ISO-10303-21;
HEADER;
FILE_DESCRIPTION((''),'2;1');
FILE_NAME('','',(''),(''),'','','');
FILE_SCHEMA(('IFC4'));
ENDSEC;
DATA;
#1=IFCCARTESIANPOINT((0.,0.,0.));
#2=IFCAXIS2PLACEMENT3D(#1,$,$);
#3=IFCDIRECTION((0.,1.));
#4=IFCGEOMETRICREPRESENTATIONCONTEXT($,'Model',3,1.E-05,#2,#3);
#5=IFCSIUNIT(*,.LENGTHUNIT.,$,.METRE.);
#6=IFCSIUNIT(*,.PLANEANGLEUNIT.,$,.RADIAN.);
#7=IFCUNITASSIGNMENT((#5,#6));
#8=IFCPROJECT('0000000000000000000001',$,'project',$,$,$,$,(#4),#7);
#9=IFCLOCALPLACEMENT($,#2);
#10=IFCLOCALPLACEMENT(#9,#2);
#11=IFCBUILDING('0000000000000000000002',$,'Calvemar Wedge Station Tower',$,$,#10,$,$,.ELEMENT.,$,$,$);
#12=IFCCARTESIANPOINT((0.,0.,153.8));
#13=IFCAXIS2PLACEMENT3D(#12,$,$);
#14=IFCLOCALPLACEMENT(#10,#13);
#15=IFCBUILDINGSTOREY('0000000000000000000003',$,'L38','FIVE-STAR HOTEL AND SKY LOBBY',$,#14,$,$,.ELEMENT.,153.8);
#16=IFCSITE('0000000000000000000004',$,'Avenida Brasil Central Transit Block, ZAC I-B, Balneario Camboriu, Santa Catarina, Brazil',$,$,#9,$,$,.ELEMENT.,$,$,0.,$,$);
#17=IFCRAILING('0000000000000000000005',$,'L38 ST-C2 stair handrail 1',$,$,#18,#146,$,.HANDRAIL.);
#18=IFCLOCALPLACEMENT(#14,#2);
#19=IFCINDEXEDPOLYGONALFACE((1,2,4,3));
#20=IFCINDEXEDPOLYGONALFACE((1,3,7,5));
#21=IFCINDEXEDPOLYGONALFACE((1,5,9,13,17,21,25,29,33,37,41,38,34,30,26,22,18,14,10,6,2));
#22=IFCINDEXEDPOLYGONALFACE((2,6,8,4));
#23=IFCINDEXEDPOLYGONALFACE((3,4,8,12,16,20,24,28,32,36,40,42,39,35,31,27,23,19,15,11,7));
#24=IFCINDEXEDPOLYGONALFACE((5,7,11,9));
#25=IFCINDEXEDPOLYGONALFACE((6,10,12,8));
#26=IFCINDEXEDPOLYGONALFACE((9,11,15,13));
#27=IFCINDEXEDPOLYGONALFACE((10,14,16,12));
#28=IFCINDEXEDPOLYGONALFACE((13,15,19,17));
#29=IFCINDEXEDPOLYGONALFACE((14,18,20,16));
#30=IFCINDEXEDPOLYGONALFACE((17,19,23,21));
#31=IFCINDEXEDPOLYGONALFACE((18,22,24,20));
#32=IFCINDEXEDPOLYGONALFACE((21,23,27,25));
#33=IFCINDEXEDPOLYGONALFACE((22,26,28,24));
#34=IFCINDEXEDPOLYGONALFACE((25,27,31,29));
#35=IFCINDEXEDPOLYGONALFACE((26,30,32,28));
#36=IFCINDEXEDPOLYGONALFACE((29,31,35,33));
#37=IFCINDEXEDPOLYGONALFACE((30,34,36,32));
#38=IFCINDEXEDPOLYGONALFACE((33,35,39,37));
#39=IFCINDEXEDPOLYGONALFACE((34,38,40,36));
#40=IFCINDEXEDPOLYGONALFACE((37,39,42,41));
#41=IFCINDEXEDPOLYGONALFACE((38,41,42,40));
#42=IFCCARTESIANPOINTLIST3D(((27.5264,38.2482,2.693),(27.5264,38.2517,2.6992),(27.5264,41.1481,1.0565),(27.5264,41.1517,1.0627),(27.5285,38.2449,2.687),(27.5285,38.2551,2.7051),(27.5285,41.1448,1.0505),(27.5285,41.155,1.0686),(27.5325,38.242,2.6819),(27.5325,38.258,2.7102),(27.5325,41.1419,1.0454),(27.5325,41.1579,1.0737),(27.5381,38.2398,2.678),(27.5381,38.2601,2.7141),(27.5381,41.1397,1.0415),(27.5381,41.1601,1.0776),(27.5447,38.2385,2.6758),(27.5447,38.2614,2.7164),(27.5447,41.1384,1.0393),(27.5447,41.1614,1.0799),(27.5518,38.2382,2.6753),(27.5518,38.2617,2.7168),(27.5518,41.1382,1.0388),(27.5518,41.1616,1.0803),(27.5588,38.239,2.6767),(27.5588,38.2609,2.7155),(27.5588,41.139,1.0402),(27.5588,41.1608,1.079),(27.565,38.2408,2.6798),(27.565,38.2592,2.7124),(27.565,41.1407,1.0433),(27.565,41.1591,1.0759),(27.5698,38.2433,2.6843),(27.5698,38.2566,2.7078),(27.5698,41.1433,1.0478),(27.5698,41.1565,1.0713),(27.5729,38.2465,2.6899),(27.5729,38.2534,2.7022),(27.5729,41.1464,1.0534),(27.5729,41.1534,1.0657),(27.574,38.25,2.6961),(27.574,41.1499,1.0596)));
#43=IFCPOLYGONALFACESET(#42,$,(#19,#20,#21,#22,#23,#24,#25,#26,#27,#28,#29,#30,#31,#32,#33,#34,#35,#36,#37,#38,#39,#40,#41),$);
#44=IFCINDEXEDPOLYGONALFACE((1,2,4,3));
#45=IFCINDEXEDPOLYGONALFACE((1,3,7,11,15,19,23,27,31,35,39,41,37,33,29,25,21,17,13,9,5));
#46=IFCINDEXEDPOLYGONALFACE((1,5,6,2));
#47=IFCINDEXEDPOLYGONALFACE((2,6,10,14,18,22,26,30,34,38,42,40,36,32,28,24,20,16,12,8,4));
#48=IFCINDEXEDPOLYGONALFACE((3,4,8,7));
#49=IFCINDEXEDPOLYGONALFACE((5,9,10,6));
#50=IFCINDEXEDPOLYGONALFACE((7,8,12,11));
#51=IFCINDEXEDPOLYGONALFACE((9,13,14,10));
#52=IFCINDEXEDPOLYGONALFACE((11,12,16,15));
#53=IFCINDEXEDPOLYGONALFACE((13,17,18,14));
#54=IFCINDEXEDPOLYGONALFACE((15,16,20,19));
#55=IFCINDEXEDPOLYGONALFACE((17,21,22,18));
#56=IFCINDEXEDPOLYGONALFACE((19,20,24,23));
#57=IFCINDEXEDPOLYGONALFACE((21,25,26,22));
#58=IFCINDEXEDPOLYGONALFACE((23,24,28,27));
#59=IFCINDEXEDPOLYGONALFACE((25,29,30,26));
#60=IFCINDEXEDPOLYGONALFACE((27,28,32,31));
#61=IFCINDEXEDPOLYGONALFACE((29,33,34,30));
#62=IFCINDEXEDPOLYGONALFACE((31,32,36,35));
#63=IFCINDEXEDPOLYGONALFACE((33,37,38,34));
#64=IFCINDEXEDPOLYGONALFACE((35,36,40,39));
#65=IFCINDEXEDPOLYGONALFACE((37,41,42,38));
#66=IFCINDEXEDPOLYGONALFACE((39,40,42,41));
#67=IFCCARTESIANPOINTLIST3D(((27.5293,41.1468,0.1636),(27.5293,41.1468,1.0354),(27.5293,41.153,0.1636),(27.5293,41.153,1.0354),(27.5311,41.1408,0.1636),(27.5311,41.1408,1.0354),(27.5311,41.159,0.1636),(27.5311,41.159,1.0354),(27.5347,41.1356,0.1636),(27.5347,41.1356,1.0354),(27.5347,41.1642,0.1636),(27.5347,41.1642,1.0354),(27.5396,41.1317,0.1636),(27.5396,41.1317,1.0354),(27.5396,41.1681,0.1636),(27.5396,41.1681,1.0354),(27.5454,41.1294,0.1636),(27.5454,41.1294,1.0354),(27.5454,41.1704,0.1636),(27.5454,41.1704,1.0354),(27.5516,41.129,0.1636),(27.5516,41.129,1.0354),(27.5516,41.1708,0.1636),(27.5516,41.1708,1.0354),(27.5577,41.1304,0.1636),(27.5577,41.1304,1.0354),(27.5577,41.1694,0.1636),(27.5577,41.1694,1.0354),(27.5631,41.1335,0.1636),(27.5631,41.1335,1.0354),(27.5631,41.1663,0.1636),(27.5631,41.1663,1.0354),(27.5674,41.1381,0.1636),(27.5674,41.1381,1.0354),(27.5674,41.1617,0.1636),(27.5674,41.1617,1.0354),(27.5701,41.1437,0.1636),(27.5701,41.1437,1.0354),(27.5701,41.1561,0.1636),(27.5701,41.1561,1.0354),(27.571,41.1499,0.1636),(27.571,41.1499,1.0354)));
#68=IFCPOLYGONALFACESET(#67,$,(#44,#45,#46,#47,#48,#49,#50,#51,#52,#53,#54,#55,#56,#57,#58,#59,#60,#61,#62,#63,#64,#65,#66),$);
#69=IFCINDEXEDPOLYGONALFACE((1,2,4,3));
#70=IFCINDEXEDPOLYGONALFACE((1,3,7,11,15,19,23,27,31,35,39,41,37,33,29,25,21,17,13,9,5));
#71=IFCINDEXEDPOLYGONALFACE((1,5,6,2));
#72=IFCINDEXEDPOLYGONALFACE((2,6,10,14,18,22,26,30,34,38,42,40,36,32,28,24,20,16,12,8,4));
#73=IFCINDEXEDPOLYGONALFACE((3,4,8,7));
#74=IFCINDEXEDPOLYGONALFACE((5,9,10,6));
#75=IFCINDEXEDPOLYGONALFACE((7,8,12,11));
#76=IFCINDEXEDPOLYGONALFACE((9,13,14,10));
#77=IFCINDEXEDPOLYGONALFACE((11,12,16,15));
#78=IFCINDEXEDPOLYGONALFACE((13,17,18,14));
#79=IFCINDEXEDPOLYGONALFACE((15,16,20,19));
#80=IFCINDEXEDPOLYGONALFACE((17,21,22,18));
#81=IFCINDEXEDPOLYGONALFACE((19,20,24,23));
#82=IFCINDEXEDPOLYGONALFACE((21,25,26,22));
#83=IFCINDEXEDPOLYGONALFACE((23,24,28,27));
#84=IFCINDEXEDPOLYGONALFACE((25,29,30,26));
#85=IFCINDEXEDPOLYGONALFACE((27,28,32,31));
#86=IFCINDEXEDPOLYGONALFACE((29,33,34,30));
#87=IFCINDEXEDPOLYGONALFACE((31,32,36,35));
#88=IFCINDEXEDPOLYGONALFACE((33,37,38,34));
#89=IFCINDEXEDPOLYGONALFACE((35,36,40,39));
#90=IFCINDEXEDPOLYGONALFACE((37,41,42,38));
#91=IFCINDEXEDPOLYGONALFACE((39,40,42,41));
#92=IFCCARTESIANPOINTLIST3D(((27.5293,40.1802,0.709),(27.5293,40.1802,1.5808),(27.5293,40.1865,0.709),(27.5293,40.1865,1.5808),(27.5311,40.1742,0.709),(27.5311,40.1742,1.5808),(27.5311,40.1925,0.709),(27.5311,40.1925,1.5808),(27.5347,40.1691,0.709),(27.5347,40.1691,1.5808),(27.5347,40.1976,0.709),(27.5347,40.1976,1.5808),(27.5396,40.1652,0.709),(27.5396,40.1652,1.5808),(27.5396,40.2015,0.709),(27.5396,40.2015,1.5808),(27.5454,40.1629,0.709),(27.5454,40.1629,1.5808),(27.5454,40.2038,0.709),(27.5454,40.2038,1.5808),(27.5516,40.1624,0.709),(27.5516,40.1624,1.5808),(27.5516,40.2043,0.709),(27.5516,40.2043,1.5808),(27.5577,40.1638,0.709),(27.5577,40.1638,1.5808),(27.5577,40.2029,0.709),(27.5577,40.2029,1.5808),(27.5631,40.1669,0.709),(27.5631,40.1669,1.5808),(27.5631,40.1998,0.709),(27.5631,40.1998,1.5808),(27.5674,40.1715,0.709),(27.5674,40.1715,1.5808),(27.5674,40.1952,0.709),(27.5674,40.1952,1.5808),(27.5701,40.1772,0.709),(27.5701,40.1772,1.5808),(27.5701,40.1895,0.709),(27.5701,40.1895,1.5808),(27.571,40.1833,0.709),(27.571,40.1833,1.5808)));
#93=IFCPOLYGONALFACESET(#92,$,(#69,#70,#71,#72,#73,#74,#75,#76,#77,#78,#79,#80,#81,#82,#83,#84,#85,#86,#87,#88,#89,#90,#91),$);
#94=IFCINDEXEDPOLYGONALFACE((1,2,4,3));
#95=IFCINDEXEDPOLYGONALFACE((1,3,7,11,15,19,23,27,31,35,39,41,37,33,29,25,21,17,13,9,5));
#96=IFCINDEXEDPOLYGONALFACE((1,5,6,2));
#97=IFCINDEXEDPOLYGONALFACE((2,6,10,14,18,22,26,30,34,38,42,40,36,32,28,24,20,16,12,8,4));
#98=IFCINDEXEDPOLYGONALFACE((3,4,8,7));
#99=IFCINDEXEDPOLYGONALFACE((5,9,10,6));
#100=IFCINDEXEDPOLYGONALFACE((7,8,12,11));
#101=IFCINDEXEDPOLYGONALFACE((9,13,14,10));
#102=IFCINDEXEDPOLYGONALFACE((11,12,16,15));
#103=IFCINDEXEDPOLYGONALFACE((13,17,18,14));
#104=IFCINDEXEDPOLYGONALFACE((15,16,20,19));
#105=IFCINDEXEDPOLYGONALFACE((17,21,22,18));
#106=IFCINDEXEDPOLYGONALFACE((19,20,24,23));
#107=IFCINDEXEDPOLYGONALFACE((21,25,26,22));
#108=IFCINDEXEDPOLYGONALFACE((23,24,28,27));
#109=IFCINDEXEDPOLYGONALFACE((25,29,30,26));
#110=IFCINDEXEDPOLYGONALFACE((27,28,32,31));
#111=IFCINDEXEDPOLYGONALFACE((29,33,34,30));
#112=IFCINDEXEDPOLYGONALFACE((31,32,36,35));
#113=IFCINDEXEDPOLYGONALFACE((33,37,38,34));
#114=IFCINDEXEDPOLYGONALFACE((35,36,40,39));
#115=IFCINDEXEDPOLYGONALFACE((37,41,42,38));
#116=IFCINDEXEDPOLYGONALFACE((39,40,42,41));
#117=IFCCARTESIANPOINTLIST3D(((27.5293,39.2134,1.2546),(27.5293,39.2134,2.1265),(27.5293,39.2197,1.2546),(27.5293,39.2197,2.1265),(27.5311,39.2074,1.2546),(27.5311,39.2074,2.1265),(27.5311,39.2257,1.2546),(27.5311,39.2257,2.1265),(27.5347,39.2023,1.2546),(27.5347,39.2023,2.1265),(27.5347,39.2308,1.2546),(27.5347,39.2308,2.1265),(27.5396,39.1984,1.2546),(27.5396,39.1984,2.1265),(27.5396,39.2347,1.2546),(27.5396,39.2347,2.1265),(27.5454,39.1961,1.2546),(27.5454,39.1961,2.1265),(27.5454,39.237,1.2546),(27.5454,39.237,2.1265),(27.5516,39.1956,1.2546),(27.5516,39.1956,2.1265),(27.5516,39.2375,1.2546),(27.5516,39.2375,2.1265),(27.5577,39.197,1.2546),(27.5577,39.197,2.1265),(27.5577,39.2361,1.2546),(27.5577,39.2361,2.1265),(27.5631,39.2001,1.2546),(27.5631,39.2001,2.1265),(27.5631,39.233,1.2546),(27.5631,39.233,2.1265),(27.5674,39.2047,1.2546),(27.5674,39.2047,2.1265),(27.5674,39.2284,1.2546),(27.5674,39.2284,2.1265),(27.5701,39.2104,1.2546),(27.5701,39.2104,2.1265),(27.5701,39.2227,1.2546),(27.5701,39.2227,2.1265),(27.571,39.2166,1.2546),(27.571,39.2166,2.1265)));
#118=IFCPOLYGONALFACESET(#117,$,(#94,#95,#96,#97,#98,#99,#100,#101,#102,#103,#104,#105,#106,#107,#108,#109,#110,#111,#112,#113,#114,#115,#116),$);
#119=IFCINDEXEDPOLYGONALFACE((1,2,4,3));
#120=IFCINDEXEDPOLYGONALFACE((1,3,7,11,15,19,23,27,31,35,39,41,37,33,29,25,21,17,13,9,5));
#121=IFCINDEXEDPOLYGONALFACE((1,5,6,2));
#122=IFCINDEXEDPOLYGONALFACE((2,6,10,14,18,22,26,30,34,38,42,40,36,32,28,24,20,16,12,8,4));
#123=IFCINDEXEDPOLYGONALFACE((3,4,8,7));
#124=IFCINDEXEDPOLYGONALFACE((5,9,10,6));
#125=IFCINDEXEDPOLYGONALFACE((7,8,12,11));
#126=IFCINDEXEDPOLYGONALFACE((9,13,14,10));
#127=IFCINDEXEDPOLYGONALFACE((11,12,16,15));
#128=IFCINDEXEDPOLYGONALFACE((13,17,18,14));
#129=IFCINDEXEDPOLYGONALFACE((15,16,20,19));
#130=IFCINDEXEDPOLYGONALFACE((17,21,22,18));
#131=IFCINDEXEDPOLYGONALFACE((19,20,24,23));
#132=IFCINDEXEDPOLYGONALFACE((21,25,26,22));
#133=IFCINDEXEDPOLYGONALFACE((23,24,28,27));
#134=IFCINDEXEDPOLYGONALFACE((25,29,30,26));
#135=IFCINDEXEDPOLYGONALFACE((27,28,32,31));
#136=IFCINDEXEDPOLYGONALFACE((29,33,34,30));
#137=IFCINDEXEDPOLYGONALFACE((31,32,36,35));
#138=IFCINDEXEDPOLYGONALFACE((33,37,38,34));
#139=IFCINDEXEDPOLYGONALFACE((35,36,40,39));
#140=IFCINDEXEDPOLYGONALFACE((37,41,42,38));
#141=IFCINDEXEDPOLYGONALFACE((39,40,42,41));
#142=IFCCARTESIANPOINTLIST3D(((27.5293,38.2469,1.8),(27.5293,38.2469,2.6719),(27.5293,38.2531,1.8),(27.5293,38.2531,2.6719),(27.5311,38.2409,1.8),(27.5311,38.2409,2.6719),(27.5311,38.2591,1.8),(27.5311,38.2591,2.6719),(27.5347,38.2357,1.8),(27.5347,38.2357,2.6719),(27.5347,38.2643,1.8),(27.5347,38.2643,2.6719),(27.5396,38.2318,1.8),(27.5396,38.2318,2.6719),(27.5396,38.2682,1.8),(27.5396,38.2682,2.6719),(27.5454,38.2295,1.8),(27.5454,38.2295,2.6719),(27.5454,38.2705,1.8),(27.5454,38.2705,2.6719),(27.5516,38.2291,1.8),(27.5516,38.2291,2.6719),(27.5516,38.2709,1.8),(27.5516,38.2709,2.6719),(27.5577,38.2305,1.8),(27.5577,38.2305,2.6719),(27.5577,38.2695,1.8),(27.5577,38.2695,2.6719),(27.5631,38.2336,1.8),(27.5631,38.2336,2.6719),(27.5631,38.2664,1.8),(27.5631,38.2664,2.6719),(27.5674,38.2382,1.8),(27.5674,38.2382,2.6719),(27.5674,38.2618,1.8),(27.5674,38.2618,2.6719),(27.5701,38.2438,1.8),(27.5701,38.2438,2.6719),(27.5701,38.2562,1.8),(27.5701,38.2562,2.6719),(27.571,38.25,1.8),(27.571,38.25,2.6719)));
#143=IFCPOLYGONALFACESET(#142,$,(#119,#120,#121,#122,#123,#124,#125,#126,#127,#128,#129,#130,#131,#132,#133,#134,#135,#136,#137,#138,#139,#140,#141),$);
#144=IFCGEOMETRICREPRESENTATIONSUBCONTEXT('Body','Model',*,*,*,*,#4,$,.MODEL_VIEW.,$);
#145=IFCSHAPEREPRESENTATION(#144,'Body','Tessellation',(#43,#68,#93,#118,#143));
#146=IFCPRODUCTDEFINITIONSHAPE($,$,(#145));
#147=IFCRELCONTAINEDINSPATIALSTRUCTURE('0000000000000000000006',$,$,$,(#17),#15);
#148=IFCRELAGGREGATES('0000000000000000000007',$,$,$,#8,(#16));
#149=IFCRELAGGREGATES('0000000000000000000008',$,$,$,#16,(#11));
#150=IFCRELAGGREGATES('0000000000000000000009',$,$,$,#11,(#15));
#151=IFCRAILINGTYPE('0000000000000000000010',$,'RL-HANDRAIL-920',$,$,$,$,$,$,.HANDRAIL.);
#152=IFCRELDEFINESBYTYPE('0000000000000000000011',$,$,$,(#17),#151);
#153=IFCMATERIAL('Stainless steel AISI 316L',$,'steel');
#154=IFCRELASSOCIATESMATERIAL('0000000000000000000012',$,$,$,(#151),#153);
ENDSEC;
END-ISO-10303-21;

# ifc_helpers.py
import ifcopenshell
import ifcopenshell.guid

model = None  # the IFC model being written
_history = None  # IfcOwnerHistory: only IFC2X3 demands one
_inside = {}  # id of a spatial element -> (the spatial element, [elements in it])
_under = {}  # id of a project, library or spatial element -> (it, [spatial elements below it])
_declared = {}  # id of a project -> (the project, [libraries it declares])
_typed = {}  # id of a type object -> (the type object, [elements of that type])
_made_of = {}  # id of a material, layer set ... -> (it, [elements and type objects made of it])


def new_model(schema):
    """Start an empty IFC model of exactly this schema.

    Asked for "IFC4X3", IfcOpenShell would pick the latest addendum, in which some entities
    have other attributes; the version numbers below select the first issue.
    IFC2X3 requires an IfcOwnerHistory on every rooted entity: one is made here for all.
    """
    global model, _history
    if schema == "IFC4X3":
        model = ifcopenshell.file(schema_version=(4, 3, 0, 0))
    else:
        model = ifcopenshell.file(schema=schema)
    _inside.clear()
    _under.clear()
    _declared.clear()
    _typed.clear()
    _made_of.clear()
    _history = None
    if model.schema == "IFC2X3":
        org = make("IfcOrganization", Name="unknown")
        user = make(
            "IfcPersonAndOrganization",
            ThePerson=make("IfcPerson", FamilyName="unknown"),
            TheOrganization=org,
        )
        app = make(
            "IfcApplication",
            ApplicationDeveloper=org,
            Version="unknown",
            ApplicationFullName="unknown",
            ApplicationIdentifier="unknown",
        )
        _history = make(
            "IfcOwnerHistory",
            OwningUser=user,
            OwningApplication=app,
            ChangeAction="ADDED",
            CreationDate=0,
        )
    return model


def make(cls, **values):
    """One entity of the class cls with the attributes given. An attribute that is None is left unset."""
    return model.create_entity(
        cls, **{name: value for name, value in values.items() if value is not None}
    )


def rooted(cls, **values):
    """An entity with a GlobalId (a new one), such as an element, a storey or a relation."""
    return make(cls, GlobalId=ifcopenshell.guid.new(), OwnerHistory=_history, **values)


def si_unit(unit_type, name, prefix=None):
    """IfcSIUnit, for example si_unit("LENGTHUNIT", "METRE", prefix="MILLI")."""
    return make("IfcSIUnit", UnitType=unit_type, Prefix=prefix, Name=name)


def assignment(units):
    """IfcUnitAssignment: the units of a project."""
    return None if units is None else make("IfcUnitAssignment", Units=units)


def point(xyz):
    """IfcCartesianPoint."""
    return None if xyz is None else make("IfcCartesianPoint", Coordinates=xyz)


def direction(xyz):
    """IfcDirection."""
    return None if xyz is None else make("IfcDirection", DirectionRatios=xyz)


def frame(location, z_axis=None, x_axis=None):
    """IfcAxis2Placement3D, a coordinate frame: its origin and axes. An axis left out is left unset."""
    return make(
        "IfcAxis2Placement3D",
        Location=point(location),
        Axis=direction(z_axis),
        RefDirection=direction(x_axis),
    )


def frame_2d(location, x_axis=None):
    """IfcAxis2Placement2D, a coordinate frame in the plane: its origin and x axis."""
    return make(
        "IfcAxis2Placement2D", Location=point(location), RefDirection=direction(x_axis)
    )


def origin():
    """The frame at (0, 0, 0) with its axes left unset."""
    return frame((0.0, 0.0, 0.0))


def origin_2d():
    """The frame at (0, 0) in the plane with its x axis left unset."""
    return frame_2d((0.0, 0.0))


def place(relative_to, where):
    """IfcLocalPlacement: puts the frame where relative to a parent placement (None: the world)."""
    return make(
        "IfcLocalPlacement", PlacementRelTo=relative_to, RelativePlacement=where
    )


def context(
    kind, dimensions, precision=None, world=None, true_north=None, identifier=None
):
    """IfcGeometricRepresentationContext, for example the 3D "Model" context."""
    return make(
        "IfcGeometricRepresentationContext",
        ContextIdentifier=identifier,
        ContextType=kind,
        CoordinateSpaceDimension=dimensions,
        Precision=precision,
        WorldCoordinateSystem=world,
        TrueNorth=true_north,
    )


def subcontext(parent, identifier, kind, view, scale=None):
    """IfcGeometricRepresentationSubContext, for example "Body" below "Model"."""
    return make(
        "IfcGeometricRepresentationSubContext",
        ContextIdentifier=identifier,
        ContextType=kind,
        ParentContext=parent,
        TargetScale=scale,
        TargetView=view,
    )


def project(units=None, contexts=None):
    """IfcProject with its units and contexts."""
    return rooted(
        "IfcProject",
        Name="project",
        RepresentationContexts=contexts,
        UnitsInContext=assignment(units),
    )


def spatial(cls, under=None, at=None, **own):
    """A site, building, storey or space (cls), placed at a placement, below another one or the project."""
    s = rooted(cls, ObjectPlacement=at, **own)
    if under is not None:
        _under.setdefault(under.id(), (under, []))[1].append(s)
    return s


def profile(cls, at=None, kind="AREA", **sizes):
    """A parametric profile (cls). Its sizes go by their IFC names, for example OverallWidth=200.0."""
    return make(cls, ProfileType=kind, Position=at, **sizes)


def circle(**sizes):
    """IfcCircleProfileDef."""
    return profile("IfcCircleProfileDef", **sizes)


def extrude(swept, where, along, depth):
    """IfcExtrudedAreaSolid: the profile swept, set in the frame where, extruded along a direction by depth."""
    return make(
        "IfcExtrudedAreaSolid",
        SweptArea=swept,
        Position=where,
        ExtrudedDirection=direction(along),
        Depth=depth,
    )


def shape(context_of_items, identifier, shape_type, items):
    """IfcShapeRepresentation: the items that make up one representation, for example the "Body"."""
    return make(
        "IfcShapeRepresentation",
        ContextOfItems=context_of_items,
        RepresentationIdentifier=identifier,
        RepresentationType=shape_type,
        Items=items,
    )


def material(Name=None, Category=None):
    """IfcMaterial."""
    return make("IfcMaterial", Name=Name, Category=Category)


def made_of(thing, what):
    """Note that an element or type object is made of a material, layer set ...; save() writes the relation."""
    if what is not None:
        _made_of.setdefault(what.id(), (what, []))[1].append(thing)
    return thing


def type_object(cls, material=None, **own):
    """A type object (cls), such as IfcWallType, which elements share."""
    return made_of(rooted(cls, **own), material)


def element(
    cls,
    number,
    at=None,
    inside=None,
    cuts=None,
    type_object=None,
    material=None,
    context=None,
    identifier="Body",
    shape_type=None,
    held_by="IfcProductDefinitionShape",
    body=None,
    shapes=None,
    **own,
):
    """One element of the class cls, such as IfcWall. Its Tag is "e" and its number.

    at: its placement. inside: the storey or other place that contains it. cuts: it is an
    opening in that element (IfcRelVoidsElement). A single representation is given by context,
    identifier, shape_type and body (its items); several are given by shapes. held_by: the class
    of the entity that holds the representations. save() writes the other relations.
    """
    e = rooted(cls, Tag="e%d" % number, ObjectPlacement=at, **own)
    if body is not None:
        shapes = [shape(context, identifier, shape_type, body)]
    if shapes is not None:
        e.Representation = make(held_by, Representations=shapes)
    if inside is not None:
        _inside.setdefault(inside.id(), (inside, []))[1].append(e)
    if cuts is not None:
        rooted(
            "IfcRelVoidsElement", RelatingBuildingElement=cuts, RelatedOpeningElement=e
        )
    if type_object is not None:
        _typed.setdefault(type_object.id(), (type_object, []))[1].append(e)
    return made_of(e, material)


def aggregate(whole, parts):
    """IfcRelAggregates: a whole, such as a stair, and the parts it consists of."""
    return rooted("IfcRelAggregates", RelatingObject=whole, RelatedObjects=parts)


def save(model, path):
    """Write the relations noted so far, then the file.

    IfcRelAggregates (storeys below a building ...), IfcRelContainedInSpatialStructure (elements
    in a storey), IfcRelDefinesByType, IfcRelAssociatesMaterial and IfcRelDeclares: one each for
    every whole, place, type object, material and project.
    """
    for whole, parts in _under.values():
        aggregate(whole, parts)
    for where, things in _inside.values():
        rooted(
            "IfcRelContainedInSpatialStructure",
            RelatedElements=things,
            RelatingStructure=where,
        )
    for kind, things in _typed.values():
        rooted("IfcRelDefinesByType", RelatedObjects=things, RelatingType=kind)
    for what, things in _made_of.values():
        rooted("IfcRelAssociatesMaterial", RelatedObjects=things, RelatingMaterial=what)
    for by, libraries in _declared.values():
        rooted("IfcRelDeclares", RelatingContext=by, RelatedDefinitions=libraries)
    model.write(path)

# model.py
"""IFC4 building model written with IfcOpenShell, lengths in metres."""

from ifc_helpers import new_model, si_unit, direction, frame, origin, origin_2d, place, context, subcontext, project, spatial, circle, extrude, material, type_object, element, save


model = new_model("IFC4")

# Units and contexts
model_context = context("Model", 3, precision=1e-05, world=origin(), true_north=direction((0.0, 1.0)))
body_context = subcontext(model_context, "Body", "Model", "MODEL_VIEW")
ifc_project = project(units=[si_unit("LENGTHUNIT", "METRE"), si_unit("PLANEANGLEUNIT", "RADIAN")], contexts=[model_context])

# Site, building, storey
site_placement = place(None, origin())
site = spatial("IfcSite", under=ifc_project, at=site_placement, Name="Avenida Brasil Central Transit Block, ZAC I-B, Balneario Camboriu, Santa Catarina, Brazil", CompositionType="ELEMENT", RefElevation=0.0)
building_placement = place(site_placement, origin())
building = spatial("IfcBuilding", under=site, at=building_placement, Name="Calvemar Wedge Station Tower", CompositionType="ELEMENT")
storey_placement = place(building_placement, frame((0.0, 0.0, 153.8)))
storey = spatial("IfcBuildingStorey", under=building, at=storey_placement, Name="L38", Description="FIVE-STAR HOTEL AND SKY LOBBY", CompositionType="ELEMENT", Elevation=153.8)

# Railing
ifc_material_1 = material(Name="Stainless steel AISI 316L", Category="steel")
railing_type_1 = type_object("IfcRailingType", Name="RL-HANDRAIL-920", PredefinedType="HANDRAIL", material=ifc_material_1)
railing_1_placement = place(storey_placement, frame((27.55, 41.1499, 0.1636)))
element("IfcRailing", 1, at=railing_1_placement, inside=storey, type_object=railing_type_1, Name="L38 ST-C2 stair handrail 1", PredefinedType="HANDRAIL", context=body_context, shape_type="SweptSolid", body=[
    extrude(circle(Radius=0.0239, at=origin_2d()), frame((0.0, 0.0, 0.896), z_axis=(0.0, -0.870897, 0.491465), x_axis=(1.0, 0.0, 0.0)), (0.0, 0.0, 1.0), 3.3298),
    extrude(circle(Radius=0.021, at=origin_2d()), origin(), (0.0, 0.0, 1.0), 0.8718),
    extrude(circle(Radius=0.021, at=origin_2d()), frame((0.0, -0.9666, 0.5454)), (0.0, 0.0, 1.0), 0.8718),
    extrude(circle(Radius=0.021, at=origin_2d()), frame((0.0, -1.9333, 1.0911)), (0.0, 0.0, 1.0), 0.8718),
    extrude(circle(Radius=0.021, at=origin_2d()), frame((0.0, -2.8999, 1.6365)), (0.0, 0.0, 1.0), 0.8718),
])

save(model, "model.ifc")
